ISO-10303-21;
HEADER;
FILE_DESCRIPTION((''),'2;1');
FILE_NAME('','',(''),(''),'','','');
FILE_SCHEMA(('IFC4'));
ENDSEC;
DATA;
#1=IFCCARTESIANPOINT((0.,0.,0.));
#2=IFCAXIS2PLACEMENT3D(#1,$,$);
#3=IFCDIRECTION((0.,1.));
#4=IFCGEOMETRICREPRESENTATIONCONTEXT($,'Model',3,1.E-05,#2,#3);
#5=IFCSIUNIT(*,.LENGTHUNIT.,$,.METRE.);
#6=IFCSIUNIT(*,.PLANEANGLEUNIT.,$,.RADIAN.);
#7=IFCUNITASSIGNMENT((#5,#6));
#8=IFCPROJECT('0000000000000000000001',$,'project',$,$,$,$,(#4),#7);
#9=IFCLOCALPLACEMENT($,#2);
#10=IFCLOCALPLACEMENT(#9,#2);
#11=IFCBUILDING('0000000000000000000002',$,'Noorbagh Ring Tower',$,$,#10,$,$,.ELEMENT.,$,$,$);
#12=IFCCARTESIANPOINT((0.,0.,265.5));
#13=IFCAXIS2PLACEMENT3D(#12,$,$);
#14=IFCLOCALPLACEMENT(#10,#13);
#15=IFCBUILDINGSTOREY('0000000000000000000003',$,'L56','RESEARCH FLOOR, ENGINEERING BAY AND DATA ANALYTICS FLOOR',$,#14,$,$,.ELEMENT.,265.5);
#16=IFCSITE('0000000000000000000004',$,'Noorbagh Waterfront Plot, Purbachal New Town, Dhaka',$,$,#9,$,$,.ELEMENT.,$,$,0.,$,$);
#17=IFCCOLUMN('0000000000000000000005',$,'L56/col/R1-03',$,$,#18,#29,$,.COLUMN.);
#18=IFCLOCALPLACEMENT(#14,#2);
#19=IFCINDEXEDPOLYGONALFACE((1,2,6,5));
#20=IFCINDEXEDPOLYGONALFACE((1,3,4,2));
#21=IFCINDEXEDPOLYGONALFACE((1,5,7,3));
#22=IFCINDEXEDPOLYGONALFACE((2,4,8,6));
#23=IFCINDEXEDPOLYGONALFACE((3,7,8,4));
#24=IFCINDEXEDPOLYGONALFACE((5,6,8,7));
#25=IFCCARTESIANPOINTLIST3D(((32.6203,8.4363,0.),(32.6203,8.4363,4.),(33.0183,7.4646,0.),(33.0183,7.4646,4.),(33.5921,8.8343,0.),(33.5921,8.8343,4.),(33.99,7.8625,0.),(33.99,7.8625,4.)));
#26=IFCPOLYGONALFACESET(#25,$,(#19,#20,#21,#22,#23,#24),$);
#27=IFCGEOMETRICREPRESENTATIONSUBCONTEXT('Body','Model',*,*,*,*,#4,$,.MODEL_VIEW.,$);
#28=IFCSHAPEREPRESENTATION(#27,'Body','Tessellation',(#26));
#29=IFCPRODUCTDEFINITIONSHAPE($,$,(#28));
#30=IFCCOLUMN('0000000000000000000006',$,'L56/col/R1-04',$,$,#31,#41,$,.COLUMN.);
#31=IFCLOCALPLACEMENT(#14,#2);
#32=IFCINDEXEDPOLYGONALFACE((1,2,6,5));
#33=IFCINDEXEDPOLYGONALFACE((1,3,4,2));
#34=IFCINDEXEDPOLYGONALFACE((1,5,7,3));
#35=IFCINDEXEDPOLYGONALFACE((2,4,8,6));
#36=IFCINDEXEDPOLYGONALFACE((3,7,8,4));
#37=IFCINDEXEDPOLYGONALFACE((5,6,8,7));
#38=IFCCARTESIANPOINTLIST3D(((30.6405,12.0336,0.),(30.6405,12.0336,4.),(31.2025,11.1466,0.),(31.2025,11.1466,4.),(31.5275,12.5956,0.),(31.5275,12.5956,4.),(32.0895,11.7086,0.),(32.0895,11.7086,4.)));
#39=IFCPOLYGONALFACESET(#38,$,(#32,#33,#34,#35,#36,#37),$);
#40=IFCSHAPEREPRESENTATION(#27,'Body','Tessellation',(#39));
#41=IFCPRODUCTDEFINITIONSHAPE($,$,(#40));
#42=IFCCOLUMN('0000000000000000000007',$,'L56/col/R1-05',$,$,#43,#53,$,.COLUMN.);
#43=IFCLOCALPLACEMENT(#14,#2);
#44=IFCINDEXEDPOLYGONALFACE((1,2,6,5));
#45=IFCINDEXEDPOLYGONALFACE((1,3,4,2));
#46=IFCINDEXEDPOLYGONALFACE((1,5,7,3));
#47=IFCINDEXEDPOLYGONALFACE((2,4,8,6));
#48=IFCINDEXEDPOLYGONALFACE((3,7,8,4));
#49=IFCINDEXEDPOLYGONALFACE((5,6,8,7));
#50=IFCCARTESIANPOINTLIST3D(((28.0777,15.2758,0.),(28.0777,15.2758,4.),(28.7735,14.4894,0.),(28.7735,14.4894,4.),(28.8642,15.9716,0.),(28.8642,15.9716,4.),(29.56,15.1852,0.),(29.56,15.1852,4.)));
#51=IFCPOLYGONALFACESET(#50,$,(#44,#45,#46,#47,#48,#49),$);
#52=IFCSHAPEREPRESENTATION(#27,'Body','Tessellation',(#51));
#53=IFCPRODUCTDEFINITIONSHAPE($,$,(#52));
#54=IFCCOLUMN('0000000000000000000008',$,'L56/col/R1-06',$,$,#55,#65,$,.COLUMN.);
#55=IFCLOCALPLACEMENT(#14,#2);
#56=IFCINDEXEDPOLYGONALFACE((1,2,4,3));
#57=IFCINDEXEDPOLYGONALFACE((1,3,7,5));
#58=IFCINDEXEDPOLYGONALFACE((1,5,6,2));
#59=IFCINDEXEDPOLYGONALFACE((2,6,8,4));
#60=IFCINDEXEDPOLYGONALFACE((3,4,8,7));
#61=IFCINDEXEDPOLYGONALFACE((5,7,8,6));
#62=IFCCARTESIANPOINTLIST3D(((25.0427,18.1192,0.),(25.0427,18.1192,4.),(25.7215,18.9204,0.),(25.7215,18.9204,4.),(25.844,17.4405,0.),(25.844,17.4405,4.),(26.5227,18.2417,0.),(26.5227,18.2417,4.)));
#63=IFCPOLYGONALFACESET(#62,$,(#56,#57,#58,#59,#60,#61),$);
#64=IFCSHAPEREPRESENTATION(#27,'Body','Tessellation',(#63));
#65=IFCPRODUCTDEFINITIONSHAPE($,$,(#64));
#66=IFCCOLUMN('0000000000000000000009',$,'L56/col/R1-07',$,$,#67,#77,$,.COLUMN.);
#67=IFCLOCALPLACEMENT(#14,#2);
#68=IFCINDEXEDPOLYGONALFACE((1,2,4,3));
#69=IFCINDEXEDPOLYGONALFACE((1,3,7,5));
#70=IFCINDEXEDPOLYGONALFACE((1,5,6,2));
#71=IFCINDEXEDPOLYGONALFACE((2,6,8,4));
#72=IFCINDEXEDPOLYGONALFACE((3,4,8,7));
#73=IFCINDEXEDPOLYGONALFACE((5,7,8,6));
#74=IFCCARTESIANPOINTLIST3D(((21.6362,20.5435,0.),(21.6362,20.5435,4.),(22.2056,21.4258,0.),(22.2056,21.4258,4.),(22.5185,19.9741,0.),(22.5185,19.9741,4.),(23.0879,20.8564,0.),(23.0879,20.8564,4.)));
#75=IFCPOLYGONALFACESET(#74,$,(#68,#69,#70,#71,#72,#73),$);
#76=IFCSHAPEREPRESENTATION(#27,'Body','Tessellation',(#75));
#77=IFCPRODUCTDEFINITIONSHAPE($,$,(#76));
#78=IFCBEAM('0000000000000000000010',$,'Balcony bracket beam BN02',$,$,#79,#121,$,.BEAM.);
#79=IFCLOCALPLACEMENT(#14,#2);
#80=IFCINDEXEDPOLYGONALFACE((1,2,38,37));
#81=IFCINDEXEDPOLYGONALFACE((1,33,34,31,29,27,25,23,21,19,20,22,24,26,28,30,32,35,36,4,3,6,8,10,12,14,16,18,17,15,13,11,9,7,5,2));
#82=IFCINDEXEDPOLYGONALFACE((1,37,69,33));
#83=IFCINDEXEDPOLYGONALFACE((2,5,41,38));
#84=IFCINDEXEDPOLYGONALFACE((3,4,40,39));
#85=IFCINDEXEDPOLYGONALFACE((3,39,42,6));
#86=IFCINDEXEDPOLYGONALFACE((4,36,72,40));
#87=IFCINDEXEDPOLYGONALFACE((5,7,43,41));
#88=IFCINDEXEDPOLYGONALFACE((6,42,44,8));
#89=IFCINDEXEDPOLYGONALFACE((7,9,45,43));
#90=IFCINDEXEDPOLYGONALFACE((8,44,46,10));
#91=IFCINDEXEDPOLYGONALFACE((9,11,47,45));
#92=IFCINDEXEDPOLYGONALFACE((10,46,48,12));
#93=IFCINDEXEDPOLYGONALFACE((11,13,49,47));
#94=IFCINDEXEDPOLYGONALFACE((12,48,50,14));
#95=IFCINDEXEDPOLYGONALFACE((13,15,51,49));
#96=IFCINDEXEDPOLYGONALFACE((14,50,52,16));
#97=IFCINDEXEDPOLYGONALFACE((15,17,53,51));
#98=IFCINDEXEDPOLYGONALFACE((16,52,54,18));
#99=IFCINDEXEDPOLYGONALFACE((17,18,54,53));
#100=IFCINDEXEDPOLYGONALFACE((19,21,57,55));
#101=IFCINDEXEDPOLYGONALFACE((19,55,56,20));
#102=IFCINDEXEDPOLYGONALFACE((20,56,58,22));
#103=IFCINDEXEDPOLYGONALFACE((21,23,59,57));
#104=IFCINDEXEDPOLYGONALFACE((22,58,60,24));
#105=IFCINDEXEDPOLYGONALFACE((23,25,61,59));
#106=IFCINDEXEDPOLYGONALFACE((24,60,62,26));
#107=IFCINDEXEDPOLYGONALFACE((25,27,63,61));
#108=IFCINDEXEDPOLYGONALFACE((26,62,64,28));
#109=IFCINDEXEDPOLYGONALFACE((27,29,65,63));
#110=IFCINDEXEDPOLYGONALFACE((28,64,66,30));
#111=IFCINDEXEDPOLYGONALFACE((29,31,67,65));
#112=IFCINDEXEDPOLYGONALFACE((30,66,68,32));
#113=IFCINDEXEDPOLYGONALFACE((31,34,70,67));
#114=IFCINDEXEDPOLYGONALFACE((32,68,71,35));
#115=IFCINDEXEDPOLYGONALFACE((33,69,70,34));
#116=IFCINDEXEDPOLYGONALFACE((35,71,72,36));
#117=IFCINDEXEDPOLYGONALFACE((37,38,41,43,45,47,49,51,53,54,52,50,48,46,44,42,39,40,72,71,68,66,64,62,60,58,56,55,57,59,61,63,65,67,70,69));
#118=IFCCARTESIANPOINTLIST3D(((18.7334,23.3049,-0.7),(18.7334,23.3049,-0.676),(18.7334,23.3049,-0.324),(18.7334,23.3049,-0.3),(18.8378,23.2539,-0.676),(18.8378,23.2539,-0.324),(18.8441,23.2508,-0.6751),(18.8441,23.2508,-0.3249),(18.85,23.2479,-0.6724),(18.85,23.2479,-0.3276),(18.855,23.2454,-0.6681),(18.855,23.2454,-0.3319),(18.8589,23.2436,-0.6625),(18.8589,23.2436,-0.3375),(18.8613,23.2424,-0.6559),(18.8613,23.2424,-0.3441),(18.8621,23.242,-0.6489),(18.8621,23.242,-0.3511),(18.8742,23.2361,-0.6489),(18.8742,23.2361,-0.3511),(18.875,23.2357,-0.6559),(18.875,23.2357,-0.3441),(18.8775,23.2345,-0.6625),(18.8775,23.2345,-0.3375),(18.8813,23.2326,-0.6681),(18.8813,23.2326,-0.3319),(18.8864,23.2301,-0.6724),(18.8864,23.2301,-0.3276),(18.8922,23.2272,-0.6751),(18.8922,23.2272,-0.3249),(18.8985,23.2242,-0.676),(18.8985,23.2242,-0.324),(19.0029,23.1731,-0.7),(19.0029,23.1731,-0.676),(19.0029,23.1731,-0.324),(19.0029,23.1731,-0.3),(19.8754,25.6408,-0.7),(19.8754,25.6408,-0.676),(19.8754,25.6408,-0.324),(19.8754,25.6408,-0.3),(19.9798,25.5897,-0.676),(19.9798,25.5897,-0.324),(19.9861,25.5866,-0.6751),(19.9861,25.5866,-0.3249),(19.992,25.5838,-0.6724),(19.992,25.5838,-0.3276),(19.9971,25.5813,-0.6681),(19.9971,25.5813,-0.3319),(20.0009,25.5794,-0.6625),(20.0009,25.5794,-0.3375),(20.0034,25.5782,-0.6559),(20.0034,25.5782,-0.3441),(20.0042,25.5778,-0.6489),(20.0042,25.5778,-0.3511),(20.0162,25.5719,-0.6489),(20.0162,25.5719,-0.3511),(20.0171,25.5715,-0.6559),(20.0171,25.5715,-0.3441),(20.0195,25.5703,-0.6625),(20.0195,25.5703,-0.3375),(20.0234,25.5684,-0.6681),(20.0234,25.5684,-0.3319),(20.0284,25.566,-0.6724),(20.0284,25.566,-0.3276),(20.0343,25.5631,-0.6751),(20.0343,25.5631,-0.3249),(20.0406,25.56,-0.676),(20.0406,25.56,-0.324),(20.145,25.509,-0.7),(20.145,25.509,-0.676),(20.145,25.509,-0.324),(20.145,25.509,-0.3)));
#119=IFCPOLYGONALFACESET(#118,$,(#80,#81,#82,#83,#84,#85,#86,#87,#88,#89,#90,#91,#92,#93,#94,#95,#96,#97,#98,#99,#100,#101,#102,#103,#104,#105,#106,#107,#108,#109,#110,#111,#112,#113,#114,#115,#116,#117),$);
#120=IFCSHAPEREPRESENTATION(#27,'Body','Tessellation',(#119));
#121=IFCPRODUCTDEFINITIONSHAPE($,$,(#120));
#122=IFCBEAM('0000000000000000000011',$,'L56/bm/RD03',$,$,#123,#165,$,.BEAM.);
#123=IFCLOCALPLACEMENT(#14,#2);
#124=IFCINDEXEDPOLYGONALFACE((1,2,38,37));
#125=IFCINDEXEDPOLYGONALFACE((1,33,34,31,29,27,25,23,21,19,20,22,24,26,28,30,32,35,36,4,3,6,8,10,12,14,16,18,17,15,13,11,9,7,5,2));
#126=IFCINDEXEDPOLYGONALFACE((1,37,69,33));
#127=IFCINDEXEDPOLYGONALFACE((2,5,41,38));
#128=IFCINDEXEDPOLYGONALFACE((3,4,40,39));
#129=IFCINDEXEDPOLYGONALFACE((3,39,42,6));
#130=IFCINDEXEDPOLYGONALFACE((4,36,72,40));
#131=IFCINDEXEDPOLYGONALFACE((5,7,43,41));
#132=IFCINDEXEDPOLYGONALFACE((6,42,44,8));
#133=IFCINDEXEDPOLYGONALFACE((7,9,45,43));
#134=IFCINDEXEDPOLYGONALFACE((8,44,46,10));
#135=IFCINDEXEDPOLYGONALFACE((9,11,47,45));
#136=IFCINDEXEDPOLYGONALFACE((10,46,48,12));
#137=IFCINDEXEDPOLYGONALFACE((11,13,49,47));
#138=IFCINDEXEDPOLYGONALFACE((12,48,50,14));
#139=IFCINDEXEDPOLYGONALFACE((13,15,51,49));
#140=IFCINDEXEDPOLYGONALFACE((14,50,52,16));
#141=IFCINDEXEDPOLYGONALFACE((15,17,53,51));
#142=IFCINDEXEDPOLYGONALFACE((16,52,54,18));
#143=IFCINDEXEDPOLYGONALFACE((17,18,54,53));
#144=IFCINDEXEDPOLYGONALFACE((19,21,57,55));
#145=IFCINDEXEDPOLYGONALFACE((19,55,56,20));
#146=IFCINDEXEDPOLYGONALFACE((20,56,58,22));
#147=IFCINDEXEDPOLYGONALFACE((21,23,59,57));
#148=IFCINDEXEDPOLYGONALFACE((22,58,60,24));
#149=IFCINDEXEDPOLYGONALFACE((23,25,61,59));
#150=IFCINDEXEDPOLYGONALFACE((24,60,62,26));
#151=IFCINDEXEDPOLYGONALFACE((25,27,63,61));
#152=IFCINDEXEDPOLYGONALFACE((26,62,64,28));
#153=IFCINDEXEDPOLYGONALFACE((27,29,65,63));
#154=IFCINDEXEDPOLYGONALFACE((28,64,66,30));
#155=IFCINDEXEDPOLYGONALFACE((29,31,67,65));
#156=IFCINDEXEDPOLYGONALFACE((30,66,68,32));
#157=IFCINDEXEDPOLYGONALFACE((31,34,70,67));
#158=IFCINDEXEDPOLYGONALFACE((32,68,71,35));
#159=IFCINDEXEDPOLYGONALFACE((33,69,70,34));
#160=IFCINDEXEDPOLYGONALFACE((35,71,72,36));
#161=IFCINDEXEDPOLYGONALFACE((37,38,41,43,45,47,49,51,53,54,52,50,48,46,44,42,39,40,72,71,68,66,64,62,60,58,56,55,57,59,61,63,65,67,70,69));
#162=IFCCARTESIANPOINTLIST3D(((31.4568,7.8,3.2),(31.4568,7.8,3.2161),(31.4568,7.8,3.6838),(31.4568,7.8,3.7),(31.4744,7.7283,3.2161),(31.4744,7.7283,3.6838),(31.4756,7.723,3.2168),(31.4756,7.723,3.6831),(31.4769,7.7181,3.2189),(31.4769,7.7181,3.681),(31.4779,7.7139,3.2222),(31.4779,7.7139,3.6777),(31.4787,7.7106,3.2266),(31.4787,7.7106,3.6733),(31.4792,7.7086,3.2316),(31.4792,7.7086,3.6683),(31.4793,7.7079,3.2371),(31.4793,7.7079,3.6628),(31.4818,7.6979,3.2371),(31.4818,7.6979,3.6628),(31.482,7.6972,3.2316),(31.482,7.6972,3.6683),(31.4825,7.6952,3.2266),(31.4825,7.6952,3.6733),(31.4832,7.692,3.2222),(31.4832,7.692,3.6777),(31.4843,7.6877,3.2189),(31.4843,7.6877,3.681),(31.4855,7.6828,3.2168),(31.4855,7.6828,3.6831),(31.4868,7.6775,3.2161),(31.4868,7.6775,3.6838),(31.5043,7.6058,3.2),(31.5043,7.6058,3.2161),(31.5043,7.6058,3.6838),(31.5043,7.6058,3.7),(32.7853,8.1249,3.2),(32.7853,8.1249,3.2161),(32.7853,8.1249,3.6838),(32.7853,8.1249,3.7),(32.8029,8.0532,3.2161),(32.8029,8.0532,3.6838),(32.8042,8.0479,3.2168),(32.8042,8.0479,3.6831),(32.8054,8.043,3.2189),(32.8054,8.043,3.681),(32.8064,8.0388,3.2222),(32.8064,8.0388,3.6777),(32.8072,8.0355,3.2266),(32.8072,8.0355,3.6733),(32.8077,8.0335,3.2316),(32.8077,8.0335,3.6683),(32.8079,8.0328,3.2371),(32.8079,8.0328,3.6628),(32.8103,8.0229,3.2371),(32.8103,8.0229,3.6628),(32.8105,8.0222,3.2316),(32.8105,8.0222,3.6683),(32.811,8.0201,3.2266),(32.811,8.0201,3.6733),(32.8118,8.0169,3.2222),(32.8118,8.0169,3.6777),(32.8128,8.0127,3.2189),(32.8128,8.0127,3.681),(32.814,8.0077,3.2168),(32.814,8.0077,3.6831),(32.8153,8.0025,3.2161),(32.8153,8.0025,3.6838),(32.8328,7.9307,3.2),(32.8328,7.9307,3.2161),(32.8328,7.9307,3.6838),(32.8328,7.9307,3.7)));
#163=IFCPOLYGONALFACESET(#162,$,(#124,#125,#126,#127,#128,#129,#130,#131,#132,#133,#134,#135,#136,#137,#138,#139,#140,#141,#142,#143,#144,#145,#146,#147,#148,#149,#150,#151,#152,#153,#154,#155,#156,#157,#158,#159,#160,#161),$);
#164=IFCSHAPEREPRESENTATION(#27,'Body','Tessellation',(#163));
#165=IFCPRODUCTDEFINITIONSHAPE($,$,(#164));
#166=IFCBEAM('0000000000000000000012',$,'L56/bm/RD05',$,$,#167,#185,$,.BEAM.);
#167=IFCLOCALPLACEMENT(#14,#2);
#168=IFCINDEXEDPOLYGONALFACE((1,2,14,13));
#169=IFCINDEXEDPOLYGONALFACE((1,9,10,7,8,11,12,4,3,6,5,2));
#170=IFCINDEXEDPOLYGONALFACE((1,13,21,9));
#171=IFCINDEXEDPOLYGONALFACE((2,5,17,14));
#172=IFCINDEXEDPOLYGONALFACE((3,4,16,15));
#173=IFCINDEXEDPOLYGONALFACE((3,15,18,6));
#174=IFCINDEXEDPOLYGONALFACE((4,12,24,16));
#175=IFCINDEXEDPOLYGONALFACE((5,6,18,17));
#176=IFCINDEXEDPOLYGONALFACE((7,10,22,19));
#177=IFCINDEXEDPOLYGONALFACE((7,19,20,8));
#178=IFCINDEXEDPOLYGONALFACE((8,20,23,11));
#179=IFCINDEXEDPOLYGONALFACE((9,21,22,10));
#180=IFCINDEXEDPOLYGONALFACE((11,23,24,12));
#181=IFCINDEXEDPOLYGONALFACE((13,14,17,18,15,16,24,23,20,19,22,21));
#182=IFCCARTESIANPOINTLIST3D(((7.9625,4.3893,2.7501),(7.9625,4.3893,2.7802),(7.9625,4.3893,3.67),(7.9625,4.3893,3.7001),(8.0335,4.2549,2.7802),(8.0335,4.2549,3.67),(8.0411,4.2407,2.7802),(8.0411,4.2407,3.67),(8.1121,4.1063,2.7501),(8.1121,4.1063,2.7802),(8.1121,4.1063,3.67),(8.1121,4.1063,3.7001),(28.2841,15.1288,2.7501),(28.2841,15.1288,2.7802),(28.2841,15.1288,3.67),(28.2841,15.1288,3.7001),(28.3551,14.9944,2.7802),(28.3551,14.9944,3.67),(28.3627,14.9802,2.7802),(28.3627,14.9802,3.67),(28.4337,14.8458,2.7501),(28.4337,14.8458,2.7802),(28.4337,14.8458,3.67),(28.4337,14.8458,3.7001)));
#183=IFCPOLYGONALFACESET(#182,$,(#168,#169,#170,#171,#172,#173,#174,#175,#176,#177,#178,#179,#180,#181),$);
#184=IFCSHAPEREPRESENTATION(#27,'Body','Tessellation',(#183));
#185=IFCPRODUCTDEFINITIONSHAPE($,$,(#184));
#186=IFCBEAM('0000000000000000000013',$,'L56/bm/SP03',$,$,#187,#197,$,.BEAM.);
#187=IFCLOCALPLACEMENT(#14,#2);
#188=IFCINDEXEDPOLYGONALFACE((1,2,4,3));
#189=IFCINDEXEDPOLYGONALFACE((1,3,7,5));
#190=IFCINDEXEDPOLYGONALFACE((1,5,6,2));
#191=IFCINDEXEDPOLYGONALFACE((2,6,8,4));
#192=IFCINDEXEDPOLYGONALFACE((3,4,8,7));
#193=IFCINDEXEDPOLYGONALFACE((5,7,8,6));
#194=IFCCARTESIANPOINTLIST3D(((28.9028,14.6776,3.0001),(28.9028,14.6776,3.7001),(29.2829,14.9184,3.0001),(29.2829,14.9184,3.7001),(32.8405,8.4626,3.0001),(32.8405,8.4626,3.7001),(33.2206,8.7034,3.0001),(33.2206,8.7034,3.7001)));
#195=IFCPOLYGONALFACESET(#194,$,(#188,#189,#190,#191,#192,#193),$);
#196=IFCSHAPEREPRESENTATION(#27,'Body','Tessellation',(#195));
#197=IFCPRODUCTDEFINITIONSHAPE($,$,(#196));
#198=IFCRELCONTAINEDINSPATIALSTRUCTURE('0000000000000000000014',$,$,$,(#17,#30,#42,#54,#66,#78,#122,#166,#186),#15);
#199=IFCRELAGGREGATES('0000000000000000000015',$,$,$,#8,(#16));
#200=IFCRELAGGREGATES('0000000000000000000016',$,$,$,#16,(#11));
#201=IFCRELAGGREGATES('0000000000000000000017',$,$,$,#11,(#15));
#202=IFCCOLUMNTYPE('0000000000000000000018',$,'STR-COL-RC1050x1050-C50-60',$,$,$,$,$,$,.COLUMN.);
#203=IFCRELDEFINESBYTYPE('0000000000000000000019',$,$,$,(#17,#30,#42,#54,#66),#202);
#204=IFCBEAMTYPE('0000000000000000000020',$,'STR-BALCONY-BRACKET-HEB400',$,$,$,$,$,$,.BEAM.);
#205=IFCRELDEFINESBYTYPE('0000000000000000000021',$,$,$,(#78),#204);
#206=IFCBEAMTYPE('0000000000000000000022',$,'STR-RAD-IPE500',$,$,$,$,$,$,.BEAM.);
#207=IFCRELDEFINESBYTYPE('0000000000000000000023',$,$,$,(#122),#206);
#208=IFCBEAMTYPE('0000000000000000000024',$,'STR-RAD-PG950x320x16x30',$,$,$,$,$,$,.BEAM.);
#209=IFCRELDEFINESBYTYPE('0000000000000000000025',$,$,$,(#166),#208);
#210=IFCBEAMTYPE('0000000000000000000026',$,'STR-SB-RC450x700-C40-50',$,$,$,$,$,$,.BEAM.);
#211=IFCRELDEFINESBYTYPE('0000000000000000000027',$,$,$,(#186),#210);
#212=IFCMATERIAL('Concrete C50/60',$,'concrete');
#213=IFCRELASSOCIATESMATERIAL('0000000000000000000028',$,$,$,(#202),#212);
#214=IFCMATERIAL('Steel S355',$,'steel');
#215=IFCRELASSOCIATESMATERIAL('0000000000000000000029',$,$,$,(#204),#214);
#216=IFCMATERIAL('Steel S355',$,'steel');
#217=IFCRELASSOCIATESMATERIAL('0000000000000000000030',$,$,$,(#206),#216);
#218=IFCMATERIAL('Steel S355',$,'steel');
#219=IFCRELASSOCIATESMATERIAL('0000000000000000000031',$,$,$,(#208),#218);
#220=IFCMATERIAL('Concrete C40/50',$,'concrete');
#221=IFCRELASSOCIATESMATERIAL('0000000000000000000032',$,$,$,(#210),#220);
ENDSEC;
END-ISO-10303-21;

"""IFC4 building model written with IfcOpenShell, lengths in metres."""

from ifc_helpers import new_model, si_unit, direction, frame, origin, origin_2d, place, context, subcontext, project, spatial, rectangle, i_section, extrude, material, material_profile, profile_set, type_object, element, save


model = new_model("IFC4")

# Units and contexts
model_context = context("Model", 3, precision=1e-05, world=origin(), true_north=direction((0.0, 1.0)))
body_context = subcontext(model_context, "Body", "Model", "MODEL_VIEW")
ifc_project = project(units=[si_unit("LENGTHUNIT", "METRE"), si_unit("PLANEANGLEUNIT", "RADIAN")], contexts=[model_context])

# Site, building, storey
site_placement = place(None, origin())
site = spatial("IfcSite", under=ifc_project, at=site_placement, Name="Noorbagh Waterfront Plot, Purbachal New Town, Dhaka", CompositionType="ELEMENT", RefElevation=0.0)
building_placement = place(site_placement, origin())
building = spatial("IfcBuilding", under=site, at=building_placement, Name="Noorbagh Ring Tower", CompositionType="ELEMENT")
storey_placement = place(building_placement, frame((0.0, 0.0, 265.5)))
storey = spatial("IfcBuildingStorey", under=building, at=storey_placement, Name="L56", Description="RESEARCH FLOOR, ENGINEERING BAY AND DATA ANALYTICS FLOOR", CompositionType="ELEMENT", Elevation=265.5)

# Columns
ifc_material_1 = material(Name="Concrete C50/60", Category="concrete")
ifc_material_profile_1 = material_profile(ifc_material_1, rectangle(XDim=1.05, YDim=1.05, at=origin_2d()), Name="RC1050x1050")
ifc_profile_set_1 = profile_set([ifc_material_profile_1], Name="Concrete C50/60")
column_type = type_object("IfcColumnType", Name="STR-COL-RC1050x1050-C50-60", PredefinedType="COLUMN", material=ifc_profile_set_1)
for number, where, z_axis, x_axis, name in (
    (1, (33.3052, 8.1494, 0.0), (0.0, 0.0, 1.0), (-0.378989, 0.925401, 0.0), "L56/col/R1-03"),
    (2, (31.365, 11.8711, 0.0), (0.0, 0.0, 1.0), (-0.53519, 0.844731, 0.0), "L56/col/R1-04"),
    (3, (28.8188, 15.2305, 0.0), (0.0, 0.0, 1.0), (-0.662636, 0.748942, 0.0), "L56/col/R1-05"),
    (4, (25.7827, 18.1804, 0.0), (0.0, 0.0, 1.0), (-0.763035, 0.646357, 0.0), "L56/col/R1-06"),
    (5, (22.3621, 20.7, 0.0), (0.0, 0.0, 1.0), (-0.840248, 0.542203, 0.0), "L56/col/R1-07"),
):
    element("IfcColumn", number, at=place(storey_placement, frame(where, z_axis=z_axis, x_axis=x_axis)), inside=storey, type_object=column_type, Name=name, PredefinedType="COLUMN", context=body_context, shape_type="SweptSolid", body=[
        extrude(rectangle(XDim=1.05, YDim=1.05, at=origin_2d()), origin(), (0.0, 0.0, 1.0), 4.0),
    ])

# Beams
ifc_material_2 = material(Name="Steel S355", Category="steel")
ifc_material_profile_2 = material_profile(ifc_material_2, i_section(OverallWidth=0.3, OverallDepth=0.3999, WebThickness=0.0134, FlangeThickness=0.0239, FilletRadius=0.0271, at=origin_2d()), Name="HEB400")
ifc_profile_set_2 = profile_set([ifc_material_profile_2], Name="Steel S355")
beam_type_1 = type_object("IfcBeamType", Name="STR-BALCONY-BRACKET-HEB400", PredefinedType="BEAM", material=ifc_profile_set_2)
beam_1_placement = place(storey_placement, frame((18.8682, 23.239, -0.5), z_axis=(0.439234, 0.898373, 0.0), x_axis=(-0.898373, 0.439234, 0.0)))
element("IfcBeam", 6, at=beam_1_placement, inside=storey, type_object=beam_type_1, Name="Balcony bracket beam BN02", PredefinedType="BEAM", context=body_context, shape_type="SweptSolid", body=[
    extrude(i_section(OverallWidth=0.3, OverallDepth=0.3999, WebThickness=0.0134, FlangeThickness=0.0239, FilletRadius=0.0271, at=origin_2d()), origin(), (0.0, 0.0, 1.0), 2.6001),
])
ifc_material_3 = material(Name="Steel S355", Category="steel")
ifc_material_profile_3 = material_profile(ifc_material_3, i_section(OverallWidth=0.2, OverallDepth=0.5, WebThickness=0.0103, FlangeThickness=0.0161, FilletRadius=0.021, at=origin_2d()), Name="IPE500")
ifc_profile_set_3 = profile_set([ifc_material_profile_3], Name="Steel S355")
beam_type_2 = type_object("IfcBeamType", Name="STR-RAD-IPE500", PredefinedType="BEAM", material=ifc_profile_set_3)
beam_2_placement = place(storey_placement, frame((32.8091, 8.0278, 3.45), z_axis=(-0.971369, -0.237577, 0.0), x_axis=(0.237577, -0.971369, 0.0)))
element("IfcBeam", 7, at=beam_2_placement, inside=storey, type_object=beam_type_2, Name="L56/bm/RD03", PredefinedType="BEAM", context=body_context, shape_type="SweptSolid", body=[
    extrude(i_section(OverallWidth=0.2, OverallDepth=0.5, WebThickness=0.0103, FlangeThickness=0.0161, FilletRadius=0.021, at=origin_2d()), origin(), (0.0, 0.0, 1.0), 1.3677),
])
ifc_material_4 = material(Name="Steel S355", Category="steel")
ifc_material_profile_4 = material_profile(ifc_material_4, i_section(OverallWidth=0.3201, OverallDepth=0.95, WebThickness=0.0161, FlangeThickness=0.03, at=origin_2d()), Name="PG950x320x16x30")
ifc_profile_set_4 = profile_set([ifc_material_profile_4], Name="Steel S355")
beam_type_3 = type_object("IfcBeamType", Name="STR-RAD-PG950x320x16x30", PredefinedType="BEAM", material=ifc_profile_set_4)
beam_3_placement = place(storey_placement, frame((28.3589, 14.9873, 3.2251), z_axis=(-0.884129, -0.467243, 0.0), x_axis=(0.467243, -0.884129, 0.0)))
element("IfcBeam", 8, at=beam_3_placement, inside=storey, type_object=beam_type_3, Name="L56/bm/RD05", PredefinedType="BEAM", context=body_context, shape_type="SweptSolid", body=[
    extrude(i_section(OverallWidth=0.3201, OverallDepth=0.95, WebThickness=0.0161, FlangeThickness=0.03, at=origin_2d()), origin(), (0.0, 0.0, 1.0), 22.9849),
])
ifc_material_5 = material(Name="Concrete C40/50", Category="concrete")
ifc_material_profile_5 = material_profile(ifc_material_5, rectangle(XDim=0.45, YDim=0.7, at=origin_2d()), Name="RC450x700")
ifc_profile_set_5 = profile_set([ifc_material_profile_5], Name="Concrete C40/50")
beam_type_4 = type_object("IfcBeamType", Name="STR-SB-RC450x700-C40-50", PredefinedType="BEAM", material=ifc_profile_set_5)
beam_4_placement = place(storey_placement, frame((33.0305, 8.583, 3.3501), z_axis=(-0.5352, 0.844726, 0.0), x_axis=(-0.844726, -0.5352, 0.0)))
element("IfcBeam", 9, at=beam_4_placement, inside=storey, type_object=beam_type_4, Name="L56/bm/SP03", PredefinedType="BEAM", context=body_context, shape_type="SweptSolid", body=[
    extrude(rectangle(XDim=0.45, YDim=0.7, at=origin_2d()), origin(), (0.0, 0.0, 1.0), 7.3574),
])

save(model, "model.ifc")
